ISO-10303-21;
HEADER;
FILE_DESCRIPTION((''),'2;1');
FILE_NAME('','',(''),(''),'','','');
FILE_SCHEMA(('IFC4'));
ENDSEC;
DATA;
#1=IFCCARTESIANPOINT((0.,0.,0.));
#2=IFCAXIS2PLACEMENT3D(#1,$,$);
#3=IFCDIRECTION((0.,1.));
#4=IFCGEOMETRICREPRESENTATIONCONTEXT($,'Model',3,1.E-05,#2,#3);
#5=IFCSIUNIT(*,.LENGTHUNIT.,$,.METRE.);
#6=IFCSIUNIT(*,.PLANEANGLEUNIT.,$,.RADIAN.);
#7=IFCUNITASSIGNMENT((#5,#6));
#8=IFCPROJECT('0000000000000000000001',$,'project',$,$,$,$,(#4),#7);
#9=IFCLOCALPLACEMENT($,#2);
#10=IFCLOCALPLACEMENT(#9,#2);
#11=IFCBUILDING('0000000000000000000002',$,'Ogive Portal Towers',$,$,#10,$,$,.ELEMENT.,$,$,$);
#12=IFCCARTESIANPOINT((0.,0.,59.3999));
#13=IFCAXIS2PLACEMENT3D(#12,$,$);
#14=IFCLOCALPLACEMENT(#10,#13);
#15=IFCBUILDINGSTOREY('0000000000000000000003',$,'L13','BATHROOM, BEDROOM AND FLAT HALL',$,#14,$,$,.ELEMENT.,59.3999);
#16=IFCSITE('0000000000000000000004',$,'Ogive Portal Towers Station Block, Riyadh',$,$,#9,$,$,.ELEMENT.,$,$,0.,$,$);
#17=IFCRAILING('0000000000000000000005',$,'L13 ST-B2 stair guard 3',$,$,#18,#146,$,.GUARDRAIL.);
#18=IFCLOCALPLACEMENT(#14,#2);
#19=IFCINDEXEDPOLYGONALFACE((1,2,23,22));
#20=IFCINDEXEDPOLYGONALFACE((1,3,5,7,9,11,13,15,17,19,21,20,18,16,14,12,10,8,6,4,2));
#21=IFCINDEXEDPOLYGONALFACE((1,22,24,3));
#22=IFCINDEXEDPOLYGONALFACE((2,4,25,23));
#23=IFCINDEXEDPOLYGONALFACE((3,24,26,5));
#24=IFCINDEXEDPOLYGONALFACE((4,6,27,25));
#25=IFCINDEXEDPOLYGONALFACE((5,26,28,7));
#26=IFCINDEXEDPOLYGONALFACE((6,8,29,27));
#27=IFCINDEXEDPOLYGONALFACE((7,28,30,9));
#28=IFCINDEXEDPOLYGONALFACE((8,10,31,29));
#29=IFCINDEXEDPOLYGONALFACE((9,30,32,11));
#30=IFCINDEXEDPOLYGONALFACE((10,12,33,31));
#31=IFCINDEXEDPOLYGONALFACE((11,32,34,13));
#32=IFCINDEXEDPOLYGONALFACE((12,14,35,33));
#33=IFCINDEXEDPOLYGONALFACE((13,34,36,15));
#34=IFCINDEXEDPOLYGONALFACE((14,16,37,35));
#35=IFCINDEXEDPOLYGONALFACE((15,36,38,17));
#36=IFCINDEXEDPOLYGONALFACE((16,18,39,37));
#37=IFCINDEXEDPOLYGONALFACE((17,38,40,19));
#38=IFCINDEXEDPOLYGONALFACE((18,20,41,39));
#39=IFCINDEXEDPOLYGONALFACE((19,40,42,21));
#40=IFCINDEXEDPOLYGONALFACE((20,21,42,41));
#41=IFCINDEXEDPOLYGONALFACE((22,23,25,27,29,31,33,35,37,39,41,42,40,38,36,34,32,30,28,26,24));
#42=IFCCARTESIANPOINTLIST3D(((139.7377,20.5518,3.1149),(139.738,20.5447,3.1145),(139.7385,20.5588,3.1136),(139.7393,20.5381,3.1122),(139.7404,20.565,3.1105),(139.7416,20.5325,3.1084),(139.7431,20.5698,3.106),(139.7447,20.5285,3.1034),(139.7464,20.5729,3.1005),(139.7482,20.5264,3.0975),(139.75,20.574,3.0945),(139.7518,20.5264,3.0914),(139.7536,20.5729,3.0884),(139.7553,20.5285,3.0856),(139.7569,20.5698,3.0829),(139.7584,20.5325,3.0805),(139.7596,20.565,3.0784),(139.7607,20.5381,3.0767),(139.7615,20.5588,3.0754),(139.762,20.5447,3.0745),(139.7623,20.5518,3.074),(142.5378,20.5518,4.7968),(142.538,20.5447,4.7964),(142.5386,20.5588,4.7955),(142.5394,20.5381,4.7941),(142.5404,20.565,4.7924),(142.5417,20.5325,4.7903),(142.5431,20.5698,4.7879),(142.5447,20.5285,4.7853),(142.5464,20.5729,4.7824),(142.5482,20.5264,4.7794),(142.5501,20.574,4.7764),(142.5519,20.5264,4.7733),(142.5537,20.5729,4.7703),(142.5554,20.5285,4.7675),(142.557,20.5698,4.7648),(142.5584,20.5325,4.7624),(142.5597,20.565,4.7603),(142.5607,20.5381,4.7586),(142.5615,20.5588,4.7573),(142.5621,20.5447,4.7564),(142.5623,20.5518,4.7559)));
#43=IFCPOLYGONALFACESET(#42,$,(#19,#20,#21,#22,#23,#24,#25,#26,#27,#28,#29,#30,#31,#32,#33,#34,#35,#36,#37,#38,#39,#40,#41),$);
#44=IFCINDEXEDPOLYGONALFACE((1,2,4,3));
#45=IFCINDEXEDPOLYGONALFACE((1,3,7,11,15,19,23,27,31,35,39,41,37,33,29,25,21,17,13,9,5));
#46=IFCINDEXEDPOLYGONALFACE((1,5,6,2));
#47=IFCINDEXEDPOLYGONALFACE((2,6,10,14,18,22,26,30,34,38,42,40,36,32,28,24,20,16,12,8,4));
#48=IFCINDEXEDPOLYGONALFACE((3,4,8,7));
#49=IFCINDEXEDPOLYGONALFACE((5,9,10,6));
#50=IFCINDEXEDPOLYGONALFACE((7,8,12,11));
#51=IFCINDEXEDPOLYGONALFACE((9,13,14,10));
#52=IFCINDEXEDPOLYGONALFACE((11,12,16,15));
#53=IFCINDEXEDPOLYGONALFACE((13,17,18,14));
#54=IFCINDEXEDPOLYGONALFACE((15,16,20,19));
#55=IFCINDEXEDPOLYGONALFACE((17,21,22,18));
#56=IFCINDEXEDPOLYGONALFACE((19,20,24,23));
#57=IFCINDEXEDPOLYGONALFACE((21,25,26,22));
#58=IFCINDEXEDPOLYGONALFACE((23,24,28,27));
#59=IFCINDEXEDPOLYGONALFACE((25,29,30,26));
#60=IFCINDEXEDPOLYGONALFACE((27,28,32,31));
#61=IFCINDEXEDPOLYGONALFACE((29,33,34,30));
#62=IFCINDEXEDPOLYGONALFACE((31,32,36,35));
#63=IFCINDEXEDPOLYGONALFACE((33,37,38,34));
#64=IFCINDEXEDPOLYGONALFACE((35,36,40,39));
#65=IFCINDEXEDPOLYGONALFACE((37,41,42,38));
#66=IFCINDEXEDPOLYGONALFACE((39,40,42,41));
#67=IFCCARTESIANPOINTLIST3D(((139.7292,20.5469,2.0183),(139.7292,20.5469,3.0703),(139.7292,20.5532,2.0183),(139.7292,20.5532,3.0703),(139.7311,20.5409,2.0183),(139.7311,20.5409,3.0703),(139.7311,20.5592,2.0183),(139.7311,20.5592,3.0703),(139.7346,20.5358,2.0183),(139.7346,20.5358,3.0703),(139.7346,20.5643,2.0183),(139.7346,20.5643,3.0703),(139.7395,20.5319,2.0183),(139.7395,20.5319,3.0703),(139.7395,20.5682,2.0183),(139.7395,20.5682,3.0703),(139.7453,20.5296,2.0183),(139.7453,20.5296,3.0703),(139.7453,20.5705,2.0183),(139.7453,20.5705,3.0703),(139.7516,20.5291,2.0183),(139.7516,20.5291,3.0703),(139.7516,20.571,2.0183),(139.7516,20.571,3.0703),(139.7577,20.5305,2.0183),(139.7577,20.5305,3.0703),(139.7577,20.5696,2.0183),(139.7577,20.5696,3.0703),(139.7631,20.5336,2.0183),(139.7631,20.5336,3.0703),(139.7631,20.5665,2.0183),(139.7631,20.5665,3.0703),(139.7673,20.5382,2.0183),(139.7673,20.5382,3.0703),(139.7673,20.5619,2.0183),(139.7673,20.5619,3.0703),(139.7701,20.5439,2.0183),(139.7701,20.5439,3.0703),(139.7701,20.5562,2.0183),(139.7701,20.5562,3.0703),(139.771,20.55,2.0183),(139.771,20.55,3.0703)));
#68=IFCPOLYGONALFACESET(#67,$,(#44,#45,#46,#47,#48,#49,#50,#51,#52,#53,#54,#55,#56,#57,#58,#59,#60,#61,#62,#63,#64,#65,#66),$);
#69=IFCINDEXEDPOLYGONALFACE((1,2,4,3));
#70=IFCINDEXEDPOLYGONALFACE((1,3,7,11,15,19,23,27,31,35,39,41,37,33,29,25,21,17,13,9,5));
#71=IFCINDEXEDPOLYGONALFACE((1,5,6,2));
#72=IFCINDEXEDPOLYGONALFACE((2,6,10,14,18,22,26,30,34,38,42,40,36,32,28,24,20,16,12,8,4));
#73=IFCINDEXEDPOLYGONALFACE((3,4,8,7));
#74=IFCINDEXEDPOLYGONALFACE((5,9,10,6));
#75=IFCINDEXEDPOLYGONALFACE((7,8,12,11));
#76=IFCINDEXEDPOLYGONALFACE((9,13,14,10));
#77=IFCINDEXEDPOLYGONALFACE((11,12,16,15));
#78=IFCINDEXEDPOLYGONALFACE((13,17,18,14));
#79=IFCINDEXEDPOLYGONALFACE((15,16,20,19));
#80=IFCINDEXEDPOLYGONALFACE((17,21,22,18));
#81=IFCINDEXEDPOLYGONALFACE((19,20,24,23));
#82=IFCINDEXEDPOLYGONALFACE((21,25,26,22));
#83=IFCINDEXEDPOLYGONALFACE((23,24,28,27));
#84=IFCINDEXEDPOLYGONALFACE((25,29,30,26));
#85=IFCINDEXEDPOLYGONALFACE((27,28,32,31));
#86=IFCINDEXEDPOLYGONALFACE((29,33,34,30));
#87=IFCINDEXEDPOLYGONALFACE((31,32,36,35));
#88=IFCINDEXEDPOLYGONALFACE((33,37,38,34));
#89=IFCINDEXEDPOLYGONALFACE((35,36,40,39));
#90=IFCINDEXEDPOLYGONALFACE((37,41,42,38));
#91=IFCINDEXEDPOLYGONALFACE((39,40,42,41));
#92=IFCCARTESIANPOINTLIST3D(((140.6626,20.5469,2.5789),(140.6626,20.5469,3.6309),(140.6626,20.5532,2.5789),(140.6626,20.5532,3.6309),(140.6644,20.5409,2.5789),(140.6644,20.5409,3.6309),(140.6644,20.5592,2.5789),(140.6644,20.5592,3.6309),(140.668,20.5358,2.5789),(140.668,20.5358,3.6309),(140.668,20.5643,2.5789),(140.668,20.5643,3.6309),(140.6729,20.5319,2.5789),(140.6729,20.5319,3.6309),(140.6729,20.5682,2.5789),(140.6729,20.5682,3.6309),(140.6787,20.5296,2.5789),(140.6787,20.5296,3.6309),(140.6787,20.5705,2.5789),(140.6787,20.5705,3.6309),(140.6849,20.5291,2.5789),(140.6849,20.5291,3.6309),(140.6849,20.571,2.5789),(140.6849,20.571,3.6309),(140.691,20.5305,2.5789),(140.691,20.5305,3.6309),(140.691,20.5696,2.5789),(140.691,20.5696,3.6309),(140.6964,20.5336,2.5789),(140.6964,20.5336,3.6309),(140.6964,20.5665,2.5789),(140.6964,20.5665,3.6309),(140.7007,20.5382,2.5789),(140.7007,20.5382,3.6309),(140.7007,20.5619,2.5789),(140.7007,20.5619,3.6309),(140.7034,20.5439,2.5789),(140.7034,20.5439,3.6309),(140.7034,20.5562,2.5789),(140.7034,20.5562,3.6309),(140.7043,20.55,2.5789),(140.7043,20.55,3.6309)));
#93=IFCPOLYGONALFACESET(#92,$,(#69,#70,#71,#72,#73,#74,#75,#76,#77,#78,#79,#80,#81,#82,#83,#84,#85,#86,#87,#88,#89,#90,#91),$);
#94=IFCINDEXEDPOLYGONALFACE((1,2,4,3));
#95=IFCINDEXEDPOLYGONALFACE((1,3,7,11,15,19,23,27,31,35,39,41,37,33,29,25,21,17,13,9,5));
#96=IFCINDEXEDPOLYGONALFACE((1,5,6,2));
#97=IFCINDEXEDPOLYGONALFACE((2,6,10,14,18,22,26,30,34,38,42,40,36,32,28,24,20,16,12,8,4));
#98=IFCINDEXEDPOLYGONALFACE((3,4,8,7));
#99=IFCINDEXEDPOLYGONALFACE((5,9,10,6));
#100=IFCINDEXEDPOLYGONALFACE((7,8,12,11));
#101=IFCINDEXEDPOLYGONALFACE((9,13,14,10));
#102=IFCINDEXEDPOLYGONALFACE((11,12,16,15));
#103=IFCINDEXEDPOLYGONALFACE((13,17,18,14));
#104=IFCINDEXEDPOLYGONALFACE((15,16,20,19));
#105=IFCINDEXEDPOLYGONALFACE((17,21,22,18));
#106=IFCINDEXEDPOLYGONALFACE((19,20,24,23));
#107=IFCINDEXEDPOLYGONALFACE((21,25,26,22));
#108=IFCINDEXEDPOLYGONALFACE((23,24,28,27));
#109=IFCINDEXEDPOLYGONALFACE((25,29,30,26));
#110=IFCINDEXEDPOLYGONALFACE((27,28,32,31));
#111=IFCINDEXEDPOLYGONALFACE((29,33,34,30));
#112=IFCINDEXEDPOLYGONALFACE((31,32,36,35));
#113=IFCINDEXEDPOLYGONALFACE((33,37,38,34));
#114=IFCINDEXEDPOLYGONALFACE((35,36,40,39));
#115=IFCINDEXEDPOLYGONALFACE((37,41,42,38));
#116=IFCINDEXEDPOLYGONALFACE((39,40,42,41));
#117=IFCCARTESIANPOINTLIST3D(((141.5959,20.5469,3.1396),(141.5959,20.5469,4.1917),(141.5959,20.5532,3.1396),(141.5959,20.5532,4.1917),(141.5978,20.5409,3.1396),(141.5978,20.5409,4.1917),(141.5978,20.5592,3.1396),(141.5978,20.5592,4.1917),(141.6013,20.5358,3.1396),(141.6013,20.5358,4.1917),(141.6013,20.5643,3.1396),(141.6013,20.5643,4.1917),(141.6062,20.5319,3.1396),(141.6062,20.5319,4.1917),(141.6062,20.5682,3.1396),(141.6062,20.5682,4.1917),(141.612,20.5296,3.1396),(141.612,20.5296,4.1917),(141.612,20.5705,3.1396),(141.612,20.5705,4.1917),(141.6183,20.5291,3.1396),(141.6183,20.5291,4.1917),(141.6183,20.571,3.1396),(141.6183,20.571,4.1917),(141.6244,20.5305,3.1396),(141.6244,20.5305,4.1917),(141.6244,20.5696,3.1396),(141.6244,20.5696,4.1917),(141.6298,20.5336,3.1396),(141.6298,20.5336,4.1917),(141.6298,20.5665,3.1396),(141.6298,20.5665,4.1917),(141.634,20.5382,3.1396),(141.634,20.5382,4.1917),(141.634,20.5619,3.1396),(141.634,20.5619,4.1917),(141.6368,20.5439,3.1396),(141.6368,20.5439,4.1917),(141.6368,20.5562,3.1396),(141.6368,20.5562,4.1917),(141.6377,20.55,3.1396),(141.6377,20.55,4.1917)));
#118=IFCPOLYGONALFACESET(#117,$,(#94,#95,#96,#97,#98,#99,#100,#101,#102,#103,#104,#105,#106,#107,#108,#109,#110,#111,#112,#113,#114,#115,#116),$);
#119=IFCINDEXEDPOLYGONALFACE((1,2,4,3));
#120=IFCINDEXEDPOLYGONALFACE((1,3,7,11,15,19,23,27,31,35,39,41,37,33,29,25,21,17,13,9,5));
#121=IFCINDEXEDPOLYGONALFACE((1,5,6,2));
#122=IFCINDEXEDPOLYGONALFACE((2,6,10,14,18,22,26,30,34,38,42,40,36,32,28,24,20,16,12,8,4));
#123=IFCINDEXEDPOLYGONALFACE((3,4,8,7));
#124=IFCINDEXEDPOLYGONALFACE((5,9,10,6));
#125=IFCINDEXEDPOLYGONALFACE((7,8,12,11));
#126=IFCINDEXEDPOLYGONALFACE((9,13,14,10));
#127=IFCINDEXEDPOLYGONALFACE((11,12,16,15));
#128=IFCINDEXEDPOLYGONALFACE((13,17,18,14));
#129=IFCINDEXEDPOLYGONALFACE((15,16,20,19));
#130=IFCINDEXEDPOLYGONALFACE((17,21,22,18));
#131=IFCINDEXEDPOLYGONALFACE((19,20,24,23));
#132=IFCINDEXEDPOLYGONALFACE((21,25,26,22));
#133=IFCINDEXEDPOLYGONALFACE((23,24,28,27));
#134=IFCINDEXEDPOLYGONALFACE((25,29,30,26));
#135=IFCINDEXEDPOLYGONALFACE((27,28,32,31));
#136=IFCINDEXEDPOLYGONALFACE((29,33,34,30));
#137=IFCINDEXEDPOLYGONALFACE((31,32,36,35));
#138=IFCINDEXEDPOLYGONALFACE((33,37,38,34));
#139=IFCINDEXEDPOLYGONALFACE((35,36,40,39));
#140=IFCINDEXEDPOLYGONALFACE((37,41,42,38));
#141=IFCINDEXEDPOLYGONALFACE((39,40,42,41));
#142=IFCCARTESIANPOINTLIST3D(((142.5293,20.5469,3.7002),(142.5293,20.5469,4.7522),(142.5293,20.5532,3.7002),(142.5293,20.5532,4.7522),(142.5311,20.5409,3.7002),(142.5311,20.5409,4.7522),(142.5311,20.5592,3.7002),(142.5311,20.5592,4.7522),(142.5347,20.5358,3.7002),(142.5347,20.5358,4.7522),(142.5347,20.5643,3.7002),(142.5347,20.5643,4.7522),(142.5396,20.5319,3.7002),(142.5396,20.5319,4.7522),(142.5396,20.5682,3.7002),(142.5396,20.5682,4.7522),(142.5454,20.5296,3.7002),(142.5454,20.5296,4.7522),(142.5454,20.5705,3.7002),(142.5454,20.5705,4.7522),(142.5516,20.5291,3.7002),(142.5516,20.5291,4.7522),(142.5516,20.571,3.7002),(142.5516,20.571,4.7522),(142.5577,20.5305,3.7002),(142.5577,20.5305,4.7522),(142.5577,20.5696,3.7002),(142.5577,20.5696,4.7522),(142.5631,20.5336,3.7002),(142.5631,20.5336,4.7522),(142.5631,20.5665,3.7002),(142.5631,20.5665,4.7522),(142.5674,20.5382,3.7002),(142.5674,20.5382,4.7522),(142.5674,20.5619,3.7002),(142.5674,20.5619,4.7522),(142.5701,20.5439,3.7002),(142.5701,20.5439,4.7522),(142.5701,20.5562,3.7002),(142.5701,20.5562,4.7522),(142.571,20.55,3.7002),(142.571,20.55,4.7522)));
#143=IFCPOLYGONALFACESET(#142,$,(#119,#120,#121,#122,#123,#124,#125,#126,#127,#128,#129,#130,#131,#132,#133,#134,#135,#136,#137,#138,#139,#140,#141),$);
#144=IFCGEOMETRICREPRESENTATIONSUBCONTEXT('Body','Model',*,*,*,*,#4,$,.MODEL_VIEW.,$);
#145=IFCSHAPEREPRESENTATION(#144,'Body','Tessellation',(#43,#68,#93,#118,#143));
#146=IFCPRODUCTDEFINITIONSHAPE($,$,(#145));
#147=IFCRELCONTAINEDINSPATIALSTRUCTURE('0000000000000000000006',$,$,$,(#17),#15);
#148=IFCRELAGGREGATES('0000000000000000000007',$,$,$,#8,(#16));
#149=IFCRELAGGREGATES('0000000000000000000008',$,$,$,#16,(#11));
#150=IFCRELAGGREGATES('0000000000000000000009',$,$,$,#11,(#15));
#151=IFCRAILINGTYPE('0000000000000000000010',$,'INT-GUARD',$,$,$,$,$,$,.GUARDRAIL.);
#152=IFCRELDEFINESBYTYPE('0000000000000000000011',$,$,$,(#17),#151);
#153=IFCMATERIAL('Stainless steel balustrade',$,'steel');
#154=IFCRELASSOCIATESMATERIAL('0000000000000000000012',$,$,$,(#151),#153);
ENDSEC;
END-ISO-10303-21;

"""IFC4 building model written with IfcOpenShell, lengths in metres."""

from ifc_helpers import new_model, si_unit, direction, frame, origin, origin_2d, place, context, subcontext, project, spatial, circle, extrude, material, type_object, element, save


model = new_model("IFC4")

# Units and contexts
model_context = context("Model", 3, precision=1e-05, world=origin(), true_north=direction((0.0, 1.0)))
body_context = subcontext(model_context, "Body", "Model", "MODEL_VIEW")
ifc_project = project(units=[si_unit("LENGTHUNIT", "METRE"), si_unit("PLANEANGLEUNIT", "RADIAN")], contexts=[model_context])

# Site, building, storey
site_placement = place(None, origin())
site = spatial("IfcSite", under=ifc_project, at=site_placement, Name="Ogive Portal Towers Station Block, Riyadh", CompositionType="ELEMENT", RefElevation=0.0)
building_placement = place(site_placement, origin())
building = spatial("IfcBuilding", under=site, at=building_placement, Name="Ogive Portal Towers", CompositionType="ELEMENT")
storey_placement = place(building_placement, frame((0.0, 0.0, 59.3999)))
storey = spatial("IfcBuildingStorey", under=building, at=storey_placement, Name="L13", Description="BATHROOM, BEDROOM AND FLAT HALL", CompositionType="ELEMENT", Elevation=59.3999)

# Railing
ifc_material_1 = material(Name="Stainless steel balustrade", Category="steel")
railing_type_1 = type_object("IfcRailingType", Name="INT-GUARD", PredefinedType="GUARDRAIL", material=ifc_material_1)
railing_1_placement = place(storey_placement, frame((139.75, 20.55, 2.0183)))
element("IfcRailing", 1, at=railing_1_placement, inside=storey, type_object=railing_type_1, Name="L13 ST-B2 stair guard 3", PredefinedType="GUARDRAIL", context=body_context, shape_type="SweptSolid", body=[
    extrude(circle(Radius=0.0239, at=origin_2d()), frame((0.0, 0.0, 1.0762), z_axis=(0.857242, 0.0, 0.514913), x_axis=(0.0, 1.0, 0.0)), (0.0, 0.0, 1.0), 3.2664),
    extrude(circle(Radius=0.021, at=origin_2d()), origin(), (0.0, 0.0, 1.0), 1.052),
    extrude(circle(Radius=0.021, at=origin_2d()), frame((0.9333, 0.0, 0.5605)), (0.0, 0.0, 1.0), 1.052),
    extrude(circle(Radius=0.021, at=origin_2d()), frame((1.8667, 0.0, 1.1213)), (0.0, 0.0, 1.0), 1.052),
    extrude(circle(Radius=0.021, at=origin_2d()), frame((2.8, 0.0, 1.6819)), (0.0, 0.0, 1.0), 1.052),
])

save(model, "model.ifc")
